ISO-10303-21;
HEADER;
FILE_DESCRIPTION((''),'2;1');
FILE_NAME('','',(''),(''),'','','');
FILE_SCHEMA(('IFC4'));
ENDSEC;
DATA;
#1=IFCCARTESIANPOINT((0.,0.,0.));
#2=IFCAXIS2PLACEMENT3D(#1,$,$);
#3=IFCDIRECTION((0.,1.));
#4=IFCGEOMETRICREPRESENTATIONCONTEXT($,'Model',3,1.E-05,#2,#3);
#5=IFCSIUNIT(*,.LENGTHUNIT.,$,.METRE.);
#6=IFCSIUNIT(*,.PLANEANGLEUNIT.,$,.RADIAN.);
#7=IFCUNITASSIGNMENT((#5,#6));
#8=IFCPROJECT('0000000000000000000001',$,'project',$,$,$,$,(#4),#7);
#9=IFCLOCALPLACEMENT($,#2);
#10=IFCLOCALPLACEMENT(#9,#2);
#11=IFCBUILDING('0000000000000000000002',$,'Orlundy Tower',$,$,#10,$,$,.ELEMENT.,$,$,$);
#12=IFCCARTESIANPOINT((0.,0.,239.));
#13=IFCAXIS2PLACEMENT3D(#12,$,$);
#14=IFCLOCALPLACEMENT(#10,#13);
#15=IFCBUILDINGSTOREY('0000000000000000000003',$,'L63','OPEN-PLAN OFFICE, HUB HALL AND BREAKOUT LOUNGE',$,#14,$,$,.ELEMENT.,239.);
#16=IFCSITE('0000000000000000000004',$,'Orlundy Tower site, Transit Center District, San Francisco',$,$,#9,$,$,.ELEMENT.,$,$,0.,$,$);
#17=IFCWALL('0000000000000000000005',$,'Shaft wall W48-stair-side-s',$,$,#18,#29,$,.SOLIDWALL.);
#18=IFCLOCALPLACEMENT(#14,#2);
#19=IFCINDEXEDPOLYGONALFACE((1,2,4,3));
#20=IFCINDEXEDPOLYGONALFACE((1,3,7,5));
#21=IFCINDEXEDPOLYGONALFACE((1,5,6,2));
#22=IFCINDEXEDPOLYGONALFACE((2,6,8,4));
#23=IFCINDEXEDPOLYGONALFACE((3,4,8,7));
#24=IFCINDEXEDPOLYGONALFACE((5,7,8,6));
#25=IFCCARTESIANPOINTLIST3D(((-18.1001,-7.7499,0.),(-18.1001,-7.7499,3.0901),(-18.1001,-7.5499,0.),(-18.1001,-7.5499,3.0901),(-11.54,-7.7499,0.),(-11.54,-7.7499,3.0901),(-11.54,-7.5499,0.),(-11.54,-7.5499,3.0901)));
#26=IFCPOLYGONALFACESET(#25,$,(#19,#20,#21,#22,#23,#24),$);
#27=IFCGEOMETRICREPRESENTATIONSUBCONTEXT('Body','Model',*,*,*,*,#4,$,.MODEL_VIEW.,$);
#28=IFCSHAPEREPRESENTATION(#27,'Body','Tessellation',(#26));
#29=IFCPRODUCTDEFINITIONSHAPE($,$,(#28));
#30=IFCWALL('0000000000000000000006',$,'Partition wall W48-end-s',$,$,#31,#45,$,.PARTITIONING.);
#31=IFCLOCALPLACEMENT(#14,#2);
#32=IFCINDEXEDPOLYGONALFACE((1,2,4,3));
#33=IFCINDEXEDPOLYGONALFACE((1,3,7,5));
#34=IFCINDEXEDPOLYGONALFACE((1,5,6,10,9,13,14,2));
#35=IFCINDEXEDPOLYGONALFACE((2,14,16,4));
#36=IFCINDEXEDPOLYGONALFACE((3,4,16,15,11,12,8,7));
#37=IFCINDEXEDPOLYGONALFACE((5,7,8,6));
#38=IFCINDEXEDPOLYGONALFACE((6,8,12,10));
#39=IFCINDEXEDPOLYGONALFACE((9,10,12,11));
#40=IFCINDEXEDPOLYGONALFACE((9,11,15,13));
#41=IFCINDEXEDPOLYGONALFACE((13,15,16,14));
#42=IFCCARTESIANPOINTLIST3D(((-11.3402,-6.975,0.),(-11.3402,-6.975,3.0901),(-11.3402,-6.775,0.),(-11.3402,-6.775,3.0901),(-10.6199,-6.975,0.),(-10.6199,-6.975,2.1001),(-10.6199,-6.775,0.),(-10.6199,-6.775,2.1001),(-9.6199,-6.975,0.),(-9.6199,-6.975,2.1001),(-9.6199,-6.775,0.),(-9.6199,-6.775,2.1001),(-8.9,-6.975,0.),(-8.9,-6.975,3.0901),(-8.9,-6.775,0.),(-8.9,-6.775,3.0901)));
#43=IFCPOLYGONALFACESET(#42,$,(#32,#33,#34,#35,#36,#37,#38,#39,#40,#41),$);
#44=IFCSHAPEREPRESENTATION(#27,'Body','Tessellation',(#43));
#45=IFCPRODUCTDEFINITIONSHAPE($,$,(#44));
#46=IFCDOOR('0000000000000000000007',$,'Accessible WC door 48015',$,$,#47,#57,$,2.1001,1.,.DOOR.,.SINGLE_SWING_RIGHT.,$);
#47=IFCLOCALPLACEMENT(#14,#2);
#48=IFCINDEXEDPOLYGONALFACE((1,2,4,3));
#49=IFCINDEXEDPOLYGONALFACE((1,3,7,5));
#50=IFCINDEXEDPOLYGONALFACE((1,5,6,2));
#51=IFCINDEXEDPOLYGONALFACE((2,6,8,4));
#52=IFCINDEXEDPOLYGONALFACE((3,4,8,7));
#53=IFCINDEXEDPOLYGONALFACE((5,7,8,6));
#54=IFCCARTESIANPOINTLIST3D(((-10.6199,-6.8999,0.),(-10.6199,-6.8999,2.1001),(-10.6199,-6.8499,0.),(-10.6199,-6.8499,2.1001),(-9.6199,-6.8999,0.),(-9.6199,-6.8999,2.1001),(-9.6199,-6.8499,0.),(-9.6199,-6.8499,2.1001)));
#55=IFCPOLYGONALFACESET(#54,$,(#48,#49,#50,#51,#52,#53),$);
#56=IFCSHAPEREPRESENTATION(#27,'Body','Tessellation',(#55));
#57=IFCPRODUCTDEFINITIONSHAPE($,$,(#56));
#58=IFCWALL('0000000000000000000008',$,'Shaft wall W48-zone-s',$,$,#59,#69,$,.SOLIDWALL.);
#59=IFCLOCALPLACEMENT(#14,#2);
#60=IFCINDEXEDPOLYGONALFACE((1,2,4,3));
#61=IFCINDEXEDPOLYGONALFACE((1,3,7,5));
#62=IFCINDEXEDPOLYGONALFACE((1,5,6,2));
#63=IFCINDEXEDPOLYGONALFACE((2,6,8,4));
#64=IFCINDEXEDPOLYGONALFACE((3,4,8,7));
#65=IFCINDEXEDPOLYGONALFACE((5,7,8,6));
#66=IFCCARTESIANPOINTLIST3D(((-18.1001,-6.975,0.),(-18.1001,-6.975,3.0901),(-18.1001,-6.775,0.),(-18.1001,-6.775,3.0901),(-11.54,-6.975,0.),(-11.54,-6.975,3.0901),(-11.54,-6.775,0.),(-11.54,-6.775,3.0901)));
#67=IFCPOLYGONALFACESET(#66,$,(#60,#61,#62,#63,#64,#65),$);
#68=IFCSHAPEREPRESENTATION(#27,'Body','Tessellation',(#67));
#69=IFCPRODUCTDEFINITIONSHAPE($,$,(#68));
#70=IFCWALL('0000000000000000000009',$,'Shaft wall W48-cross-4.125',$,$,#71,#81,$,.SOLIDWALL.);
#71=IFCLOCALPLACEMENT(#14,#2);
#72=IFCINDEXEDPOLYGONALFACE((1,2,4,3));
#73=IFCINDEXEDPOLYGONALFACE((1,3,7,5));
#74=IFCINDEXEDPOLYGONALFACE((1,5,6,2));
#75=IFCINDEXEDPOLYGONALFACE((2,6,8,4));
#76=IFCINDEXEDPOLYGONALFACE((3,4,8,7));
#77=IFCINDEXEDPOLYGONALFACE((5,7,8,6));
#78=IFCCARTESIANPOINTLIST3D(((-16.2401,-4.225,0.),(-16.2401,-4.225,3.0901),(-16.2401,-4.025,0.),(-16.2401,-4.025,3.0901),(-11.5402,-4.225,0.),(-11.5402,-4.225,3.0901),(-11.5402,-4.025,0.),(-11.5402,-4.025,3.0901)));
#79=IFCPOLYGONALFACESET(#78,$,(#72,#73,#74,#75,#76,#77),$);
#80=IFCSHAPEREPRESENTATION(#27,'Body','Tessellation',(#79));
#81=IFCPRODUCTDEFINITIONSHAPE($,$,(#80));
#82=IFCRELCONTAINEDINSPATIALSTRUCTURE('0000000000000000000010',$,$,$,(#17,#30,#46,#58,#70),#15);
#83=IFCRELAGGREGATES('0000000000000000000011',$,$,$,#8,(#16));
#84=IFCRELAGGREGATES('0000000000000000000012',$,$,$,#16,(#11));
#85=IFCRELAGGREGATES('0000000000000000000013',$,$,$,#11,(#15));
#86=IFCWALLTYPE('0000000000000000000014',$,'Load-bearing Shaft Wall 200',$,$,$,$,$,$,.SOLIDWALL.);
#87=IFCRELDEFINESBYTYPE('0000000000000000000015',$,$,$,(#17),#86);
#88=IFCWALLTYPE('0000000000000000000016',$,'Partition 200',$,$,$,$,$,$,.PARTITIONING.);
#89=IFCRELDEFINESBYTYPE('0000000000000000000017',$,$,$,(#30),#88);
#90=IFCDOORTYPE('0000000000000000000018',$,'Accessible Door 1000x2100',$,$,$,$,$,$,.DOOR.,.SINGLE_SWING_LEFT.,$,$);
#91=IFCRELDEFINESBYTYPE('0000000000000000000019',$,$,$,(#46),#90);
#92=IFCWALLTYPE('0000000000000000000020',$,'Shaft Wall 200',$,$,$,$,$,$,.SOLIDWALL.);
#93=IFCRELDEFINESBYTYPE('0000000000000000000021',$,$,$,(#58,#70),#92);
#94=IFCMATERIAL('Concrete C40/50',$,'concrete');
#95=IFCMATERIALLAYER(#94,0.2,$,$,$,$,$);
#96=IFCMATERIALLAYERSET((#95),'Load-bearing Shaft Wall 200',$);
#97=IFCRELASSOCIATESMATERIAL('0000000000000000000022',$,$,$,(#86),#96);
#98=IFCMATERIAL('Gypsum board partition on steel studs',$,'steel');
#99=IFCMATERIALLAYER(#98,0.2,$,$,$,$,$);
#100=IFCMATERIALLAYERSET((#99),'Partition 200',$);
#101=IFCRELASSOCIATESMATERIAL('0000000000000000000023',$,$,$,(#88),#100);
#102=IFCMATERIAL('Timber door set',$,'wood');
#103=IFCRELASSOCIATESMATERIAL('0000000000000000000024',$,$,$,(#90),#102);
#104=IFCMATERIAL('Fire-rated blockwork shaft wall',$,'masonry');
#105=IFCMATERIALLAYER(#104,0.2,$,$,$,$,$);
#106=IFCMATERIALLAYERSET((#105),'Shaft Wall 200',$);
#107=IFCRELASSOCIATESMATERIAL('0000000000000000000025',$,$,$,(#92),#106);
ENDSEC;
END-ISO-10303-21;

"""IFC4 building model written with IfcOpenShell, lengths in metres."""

from ifc_helpers import new_model, si_unit, direction, frame, frame_2d, origin, place, context, subcontext, project, spatial, rectangle, extrude, material, layer, layer_set, type_object, element, fill, save


model = new_model("IFC4")

# Units and contexts
model_context = context("Model", 3, precision=1e-05, world=origin(), true_north=direction((0.0, 1.0)))
body_context = subcontext(model_context, "Body", "Model", "MODEL_VIEW")
ifc_project = project(units=[si_unit("LENGTHUNIT", "METRE"), si_unit("PLANEANGLEUNIT", "RADIAN")], contexts=[model_context])

# Site, building, storey
site_placement = place(None, origin())
site = spatial("IfcSite", under=ifc_project, at=site_placement, Name="Orlundy Tower site, Transit Center District, San Francisco", CompositionType="ELEMENT", RefElevation=0.0)
building_placement = place(site_placement, origin())
building = spatial("IfcBuilding", under=site, at=building_placement, Name="Orlundy Tower", CompositionType="ELEMENT")
storey_placement = place(building_placement, frame((0.0, 0.0, 239.0)))
storey = spatial("IfcBuildingStorey", under=building, at=storey_placement, Name="L63", Description="OPEN-PLAN OFFICE, HUB HALL AND BREAKOUT LOUNGE", CompositionType="ELEMENT", Elevation=239.0)

# Wall
ifc_material_1 = material(Name="Concrete C40/50", Category="concrete")
ifc_layer_1 = layer(ifc_material_1, 0.2)
ifc_layer_set_1 = layer_set([ifc_layer_1], Name="Load-bearing Shaft Wall 200")
wall_type_1 = type_object("IfcWallType", Name="Load-bearing Shaft Wall 200", PredefinedType="SOLIDWALL", material=ifc_layer_set_1)
wall_1_placement = place(storey_placement, frame((-11.54, -7.6499, 0.0), z_axis=(0.0, 0.0, 1.0), x_axis=(-1.0, 0.0, 0.0)))
element("IfcWall", 1, at=wall_1_placement, inside=storey, type_object=wall_type_1, Name="Shaft wall W48-stair-side-s", PredefinedType="SOLIDWALL", context=body_context, shape_type="SweptSolid", body=[
    extrude(rectangle(XDim=6.5601, YDim=0.2, at=frame_2d((3.28, 0.0))), origin(), (0.0, 0.0, 1.0), 3.0901),
])

# Wall, opening, door
ifc_material_2 = material(Name="Gypsum board partition on steel studs", Category="steel")
ifc_layer_2 = layer(ifc_material_2, 0.2)
ifc_layer_set_2 = layer_set([ifc_layer_2], Name="Partition 200")
wall_type_2 = type_object("IfcWallType", Name="Partition 200", PredefinedType="PARTITIONING", material=ifc_layer_set_2)
wall_2_placement = place(storey_placement, frame((-8.8999, -6.875, 0.0), z_axis=(0.0, 0.0, 1.0), x_axis=(-1.0, 0.0, 0.0)))
wall_2 = element("IfcWall", 2, at=wall_2_placement, inside=storey, type_object=wall_type_2, Name="Partition wall W48-end-s", PredefinedType="PARTITIONING", context=body_context, shape_type="SweptSolid", body=[
    extrude(rectangle(XDim=2.4402, YDim=0.2, at=frame_2d((1.2202, 0.0))), origin(), (0.0, 0.0, 1.0), 3.0901),
])
opening_1_placement = place(wall_2_placement, frame((0.72, 0.0, 0.0)))
opening_1 = element("IfcOpeningElement", 3, at=opening_1_placement, cuts=wall_2, PredefinedType="OPENING", context=body_context, shape_type="SweptSolid", body=[
    extrude(rectangle(XDim=1.0, YDim=2.1001, at=frame_2d((0.5, 1.05))), frame((0.0, 0.1101, 0.0), z_axis=(0.0, -1.0, 0.0), x_axis=(1.0, 0.0, 0.0)), (0.0, 0.0, 1.0), 0.2202),
])
ifc_material_3 = material(Name="Timber door set", Category="wood")
door_type_1 = type_object("IfcDoorType", Name="Accessible Door 1000x2100", OperationType="SINGLE_SWING_LEFT", PredefinedType="DOOR", material=ifc_material_3)
door_1_placement = place(opening_1_placement, origin())
door_1 = element("IfcDoor", 4, at=door_1_placement, inside=storey, type_object=door_type_1, Name="Accessible WC door 48015", OperationType="SINGLE_SWING_RIGHT", OverallHeight=2.1001, OverallWidth=1.0, PredefinedType="DOOR", context=body_context, shape_type="SweptSolid", body=[
    extrude(rectangle(XDim=1.0, YDim=2.1001, at=frame_2d((0.5, 1.05))), frame((0.0, 0.0249, 0.0), z_axis=(0.0, -1.0, 0.0), x_axis=(1.0, 0.0, 0.0)), (0.0, 0.0, 1.0), 0.05),
])
fill(opening_1, door_1)

# Walls
ifc_material_4 = material(Name="Fire-rated blockwork shaft wall", Category="masonry")
ifc_layer_3 = layer(ifc_material_4, 0.2)
ifc_layer_set_3 = layer_set([ifc_layer_3], Name="Shaft Wall 200")
wall_type_3 = type_object("IfcWallType", Name="Shaft Wall 200", PredefinedType="SOLIDWALL", material=ifc_layer_set_3)
wall_3_placement = place(storey_placement, frame((-11.54, -6.875, 0.0), z_axis=(0.0, 0.0, 1.0), x_axis=(-1.0, 0.0, 0.0)))
element("IfcWall", 5, at=wall_3_placement, inside=storey, type_object=wall_type_3, Name="Shaft wall W48-zone-s", PredefinedType="SOLIDWALL", context=body_context, shape_type="SweptSolid", body=[
    extrude(rectangle(XDim=6.5601, YDim=0.2, at=frame_2d((3.28, 0.0))), origin(), (0.0, 0.0, 1.0), 3.0901),
])
wall_4_placement = place(storey_placement, frame((-11.54, -4.125, 0.0), z_axis=(0.0, 0.0, 1.0), x_axis=(-1.0, 0.0, 0.0)))
element("IfcWall", 6, at=wall_4_placement, inside=storey, type_object=wall_type_3, Name="Shaft wall W48-cross-4.125", PredefinedType="SOLIDWALL", context=body_context, shape_type="SweptSolid", body=[
    extrude(rectangle(XDim=4.7, YDim=0.2, at=frame_2d((2.3501, 0.0))), origin(), (0.0, 0.0, 1.0), 3.0901),
])

save(model, "model.ifc")
